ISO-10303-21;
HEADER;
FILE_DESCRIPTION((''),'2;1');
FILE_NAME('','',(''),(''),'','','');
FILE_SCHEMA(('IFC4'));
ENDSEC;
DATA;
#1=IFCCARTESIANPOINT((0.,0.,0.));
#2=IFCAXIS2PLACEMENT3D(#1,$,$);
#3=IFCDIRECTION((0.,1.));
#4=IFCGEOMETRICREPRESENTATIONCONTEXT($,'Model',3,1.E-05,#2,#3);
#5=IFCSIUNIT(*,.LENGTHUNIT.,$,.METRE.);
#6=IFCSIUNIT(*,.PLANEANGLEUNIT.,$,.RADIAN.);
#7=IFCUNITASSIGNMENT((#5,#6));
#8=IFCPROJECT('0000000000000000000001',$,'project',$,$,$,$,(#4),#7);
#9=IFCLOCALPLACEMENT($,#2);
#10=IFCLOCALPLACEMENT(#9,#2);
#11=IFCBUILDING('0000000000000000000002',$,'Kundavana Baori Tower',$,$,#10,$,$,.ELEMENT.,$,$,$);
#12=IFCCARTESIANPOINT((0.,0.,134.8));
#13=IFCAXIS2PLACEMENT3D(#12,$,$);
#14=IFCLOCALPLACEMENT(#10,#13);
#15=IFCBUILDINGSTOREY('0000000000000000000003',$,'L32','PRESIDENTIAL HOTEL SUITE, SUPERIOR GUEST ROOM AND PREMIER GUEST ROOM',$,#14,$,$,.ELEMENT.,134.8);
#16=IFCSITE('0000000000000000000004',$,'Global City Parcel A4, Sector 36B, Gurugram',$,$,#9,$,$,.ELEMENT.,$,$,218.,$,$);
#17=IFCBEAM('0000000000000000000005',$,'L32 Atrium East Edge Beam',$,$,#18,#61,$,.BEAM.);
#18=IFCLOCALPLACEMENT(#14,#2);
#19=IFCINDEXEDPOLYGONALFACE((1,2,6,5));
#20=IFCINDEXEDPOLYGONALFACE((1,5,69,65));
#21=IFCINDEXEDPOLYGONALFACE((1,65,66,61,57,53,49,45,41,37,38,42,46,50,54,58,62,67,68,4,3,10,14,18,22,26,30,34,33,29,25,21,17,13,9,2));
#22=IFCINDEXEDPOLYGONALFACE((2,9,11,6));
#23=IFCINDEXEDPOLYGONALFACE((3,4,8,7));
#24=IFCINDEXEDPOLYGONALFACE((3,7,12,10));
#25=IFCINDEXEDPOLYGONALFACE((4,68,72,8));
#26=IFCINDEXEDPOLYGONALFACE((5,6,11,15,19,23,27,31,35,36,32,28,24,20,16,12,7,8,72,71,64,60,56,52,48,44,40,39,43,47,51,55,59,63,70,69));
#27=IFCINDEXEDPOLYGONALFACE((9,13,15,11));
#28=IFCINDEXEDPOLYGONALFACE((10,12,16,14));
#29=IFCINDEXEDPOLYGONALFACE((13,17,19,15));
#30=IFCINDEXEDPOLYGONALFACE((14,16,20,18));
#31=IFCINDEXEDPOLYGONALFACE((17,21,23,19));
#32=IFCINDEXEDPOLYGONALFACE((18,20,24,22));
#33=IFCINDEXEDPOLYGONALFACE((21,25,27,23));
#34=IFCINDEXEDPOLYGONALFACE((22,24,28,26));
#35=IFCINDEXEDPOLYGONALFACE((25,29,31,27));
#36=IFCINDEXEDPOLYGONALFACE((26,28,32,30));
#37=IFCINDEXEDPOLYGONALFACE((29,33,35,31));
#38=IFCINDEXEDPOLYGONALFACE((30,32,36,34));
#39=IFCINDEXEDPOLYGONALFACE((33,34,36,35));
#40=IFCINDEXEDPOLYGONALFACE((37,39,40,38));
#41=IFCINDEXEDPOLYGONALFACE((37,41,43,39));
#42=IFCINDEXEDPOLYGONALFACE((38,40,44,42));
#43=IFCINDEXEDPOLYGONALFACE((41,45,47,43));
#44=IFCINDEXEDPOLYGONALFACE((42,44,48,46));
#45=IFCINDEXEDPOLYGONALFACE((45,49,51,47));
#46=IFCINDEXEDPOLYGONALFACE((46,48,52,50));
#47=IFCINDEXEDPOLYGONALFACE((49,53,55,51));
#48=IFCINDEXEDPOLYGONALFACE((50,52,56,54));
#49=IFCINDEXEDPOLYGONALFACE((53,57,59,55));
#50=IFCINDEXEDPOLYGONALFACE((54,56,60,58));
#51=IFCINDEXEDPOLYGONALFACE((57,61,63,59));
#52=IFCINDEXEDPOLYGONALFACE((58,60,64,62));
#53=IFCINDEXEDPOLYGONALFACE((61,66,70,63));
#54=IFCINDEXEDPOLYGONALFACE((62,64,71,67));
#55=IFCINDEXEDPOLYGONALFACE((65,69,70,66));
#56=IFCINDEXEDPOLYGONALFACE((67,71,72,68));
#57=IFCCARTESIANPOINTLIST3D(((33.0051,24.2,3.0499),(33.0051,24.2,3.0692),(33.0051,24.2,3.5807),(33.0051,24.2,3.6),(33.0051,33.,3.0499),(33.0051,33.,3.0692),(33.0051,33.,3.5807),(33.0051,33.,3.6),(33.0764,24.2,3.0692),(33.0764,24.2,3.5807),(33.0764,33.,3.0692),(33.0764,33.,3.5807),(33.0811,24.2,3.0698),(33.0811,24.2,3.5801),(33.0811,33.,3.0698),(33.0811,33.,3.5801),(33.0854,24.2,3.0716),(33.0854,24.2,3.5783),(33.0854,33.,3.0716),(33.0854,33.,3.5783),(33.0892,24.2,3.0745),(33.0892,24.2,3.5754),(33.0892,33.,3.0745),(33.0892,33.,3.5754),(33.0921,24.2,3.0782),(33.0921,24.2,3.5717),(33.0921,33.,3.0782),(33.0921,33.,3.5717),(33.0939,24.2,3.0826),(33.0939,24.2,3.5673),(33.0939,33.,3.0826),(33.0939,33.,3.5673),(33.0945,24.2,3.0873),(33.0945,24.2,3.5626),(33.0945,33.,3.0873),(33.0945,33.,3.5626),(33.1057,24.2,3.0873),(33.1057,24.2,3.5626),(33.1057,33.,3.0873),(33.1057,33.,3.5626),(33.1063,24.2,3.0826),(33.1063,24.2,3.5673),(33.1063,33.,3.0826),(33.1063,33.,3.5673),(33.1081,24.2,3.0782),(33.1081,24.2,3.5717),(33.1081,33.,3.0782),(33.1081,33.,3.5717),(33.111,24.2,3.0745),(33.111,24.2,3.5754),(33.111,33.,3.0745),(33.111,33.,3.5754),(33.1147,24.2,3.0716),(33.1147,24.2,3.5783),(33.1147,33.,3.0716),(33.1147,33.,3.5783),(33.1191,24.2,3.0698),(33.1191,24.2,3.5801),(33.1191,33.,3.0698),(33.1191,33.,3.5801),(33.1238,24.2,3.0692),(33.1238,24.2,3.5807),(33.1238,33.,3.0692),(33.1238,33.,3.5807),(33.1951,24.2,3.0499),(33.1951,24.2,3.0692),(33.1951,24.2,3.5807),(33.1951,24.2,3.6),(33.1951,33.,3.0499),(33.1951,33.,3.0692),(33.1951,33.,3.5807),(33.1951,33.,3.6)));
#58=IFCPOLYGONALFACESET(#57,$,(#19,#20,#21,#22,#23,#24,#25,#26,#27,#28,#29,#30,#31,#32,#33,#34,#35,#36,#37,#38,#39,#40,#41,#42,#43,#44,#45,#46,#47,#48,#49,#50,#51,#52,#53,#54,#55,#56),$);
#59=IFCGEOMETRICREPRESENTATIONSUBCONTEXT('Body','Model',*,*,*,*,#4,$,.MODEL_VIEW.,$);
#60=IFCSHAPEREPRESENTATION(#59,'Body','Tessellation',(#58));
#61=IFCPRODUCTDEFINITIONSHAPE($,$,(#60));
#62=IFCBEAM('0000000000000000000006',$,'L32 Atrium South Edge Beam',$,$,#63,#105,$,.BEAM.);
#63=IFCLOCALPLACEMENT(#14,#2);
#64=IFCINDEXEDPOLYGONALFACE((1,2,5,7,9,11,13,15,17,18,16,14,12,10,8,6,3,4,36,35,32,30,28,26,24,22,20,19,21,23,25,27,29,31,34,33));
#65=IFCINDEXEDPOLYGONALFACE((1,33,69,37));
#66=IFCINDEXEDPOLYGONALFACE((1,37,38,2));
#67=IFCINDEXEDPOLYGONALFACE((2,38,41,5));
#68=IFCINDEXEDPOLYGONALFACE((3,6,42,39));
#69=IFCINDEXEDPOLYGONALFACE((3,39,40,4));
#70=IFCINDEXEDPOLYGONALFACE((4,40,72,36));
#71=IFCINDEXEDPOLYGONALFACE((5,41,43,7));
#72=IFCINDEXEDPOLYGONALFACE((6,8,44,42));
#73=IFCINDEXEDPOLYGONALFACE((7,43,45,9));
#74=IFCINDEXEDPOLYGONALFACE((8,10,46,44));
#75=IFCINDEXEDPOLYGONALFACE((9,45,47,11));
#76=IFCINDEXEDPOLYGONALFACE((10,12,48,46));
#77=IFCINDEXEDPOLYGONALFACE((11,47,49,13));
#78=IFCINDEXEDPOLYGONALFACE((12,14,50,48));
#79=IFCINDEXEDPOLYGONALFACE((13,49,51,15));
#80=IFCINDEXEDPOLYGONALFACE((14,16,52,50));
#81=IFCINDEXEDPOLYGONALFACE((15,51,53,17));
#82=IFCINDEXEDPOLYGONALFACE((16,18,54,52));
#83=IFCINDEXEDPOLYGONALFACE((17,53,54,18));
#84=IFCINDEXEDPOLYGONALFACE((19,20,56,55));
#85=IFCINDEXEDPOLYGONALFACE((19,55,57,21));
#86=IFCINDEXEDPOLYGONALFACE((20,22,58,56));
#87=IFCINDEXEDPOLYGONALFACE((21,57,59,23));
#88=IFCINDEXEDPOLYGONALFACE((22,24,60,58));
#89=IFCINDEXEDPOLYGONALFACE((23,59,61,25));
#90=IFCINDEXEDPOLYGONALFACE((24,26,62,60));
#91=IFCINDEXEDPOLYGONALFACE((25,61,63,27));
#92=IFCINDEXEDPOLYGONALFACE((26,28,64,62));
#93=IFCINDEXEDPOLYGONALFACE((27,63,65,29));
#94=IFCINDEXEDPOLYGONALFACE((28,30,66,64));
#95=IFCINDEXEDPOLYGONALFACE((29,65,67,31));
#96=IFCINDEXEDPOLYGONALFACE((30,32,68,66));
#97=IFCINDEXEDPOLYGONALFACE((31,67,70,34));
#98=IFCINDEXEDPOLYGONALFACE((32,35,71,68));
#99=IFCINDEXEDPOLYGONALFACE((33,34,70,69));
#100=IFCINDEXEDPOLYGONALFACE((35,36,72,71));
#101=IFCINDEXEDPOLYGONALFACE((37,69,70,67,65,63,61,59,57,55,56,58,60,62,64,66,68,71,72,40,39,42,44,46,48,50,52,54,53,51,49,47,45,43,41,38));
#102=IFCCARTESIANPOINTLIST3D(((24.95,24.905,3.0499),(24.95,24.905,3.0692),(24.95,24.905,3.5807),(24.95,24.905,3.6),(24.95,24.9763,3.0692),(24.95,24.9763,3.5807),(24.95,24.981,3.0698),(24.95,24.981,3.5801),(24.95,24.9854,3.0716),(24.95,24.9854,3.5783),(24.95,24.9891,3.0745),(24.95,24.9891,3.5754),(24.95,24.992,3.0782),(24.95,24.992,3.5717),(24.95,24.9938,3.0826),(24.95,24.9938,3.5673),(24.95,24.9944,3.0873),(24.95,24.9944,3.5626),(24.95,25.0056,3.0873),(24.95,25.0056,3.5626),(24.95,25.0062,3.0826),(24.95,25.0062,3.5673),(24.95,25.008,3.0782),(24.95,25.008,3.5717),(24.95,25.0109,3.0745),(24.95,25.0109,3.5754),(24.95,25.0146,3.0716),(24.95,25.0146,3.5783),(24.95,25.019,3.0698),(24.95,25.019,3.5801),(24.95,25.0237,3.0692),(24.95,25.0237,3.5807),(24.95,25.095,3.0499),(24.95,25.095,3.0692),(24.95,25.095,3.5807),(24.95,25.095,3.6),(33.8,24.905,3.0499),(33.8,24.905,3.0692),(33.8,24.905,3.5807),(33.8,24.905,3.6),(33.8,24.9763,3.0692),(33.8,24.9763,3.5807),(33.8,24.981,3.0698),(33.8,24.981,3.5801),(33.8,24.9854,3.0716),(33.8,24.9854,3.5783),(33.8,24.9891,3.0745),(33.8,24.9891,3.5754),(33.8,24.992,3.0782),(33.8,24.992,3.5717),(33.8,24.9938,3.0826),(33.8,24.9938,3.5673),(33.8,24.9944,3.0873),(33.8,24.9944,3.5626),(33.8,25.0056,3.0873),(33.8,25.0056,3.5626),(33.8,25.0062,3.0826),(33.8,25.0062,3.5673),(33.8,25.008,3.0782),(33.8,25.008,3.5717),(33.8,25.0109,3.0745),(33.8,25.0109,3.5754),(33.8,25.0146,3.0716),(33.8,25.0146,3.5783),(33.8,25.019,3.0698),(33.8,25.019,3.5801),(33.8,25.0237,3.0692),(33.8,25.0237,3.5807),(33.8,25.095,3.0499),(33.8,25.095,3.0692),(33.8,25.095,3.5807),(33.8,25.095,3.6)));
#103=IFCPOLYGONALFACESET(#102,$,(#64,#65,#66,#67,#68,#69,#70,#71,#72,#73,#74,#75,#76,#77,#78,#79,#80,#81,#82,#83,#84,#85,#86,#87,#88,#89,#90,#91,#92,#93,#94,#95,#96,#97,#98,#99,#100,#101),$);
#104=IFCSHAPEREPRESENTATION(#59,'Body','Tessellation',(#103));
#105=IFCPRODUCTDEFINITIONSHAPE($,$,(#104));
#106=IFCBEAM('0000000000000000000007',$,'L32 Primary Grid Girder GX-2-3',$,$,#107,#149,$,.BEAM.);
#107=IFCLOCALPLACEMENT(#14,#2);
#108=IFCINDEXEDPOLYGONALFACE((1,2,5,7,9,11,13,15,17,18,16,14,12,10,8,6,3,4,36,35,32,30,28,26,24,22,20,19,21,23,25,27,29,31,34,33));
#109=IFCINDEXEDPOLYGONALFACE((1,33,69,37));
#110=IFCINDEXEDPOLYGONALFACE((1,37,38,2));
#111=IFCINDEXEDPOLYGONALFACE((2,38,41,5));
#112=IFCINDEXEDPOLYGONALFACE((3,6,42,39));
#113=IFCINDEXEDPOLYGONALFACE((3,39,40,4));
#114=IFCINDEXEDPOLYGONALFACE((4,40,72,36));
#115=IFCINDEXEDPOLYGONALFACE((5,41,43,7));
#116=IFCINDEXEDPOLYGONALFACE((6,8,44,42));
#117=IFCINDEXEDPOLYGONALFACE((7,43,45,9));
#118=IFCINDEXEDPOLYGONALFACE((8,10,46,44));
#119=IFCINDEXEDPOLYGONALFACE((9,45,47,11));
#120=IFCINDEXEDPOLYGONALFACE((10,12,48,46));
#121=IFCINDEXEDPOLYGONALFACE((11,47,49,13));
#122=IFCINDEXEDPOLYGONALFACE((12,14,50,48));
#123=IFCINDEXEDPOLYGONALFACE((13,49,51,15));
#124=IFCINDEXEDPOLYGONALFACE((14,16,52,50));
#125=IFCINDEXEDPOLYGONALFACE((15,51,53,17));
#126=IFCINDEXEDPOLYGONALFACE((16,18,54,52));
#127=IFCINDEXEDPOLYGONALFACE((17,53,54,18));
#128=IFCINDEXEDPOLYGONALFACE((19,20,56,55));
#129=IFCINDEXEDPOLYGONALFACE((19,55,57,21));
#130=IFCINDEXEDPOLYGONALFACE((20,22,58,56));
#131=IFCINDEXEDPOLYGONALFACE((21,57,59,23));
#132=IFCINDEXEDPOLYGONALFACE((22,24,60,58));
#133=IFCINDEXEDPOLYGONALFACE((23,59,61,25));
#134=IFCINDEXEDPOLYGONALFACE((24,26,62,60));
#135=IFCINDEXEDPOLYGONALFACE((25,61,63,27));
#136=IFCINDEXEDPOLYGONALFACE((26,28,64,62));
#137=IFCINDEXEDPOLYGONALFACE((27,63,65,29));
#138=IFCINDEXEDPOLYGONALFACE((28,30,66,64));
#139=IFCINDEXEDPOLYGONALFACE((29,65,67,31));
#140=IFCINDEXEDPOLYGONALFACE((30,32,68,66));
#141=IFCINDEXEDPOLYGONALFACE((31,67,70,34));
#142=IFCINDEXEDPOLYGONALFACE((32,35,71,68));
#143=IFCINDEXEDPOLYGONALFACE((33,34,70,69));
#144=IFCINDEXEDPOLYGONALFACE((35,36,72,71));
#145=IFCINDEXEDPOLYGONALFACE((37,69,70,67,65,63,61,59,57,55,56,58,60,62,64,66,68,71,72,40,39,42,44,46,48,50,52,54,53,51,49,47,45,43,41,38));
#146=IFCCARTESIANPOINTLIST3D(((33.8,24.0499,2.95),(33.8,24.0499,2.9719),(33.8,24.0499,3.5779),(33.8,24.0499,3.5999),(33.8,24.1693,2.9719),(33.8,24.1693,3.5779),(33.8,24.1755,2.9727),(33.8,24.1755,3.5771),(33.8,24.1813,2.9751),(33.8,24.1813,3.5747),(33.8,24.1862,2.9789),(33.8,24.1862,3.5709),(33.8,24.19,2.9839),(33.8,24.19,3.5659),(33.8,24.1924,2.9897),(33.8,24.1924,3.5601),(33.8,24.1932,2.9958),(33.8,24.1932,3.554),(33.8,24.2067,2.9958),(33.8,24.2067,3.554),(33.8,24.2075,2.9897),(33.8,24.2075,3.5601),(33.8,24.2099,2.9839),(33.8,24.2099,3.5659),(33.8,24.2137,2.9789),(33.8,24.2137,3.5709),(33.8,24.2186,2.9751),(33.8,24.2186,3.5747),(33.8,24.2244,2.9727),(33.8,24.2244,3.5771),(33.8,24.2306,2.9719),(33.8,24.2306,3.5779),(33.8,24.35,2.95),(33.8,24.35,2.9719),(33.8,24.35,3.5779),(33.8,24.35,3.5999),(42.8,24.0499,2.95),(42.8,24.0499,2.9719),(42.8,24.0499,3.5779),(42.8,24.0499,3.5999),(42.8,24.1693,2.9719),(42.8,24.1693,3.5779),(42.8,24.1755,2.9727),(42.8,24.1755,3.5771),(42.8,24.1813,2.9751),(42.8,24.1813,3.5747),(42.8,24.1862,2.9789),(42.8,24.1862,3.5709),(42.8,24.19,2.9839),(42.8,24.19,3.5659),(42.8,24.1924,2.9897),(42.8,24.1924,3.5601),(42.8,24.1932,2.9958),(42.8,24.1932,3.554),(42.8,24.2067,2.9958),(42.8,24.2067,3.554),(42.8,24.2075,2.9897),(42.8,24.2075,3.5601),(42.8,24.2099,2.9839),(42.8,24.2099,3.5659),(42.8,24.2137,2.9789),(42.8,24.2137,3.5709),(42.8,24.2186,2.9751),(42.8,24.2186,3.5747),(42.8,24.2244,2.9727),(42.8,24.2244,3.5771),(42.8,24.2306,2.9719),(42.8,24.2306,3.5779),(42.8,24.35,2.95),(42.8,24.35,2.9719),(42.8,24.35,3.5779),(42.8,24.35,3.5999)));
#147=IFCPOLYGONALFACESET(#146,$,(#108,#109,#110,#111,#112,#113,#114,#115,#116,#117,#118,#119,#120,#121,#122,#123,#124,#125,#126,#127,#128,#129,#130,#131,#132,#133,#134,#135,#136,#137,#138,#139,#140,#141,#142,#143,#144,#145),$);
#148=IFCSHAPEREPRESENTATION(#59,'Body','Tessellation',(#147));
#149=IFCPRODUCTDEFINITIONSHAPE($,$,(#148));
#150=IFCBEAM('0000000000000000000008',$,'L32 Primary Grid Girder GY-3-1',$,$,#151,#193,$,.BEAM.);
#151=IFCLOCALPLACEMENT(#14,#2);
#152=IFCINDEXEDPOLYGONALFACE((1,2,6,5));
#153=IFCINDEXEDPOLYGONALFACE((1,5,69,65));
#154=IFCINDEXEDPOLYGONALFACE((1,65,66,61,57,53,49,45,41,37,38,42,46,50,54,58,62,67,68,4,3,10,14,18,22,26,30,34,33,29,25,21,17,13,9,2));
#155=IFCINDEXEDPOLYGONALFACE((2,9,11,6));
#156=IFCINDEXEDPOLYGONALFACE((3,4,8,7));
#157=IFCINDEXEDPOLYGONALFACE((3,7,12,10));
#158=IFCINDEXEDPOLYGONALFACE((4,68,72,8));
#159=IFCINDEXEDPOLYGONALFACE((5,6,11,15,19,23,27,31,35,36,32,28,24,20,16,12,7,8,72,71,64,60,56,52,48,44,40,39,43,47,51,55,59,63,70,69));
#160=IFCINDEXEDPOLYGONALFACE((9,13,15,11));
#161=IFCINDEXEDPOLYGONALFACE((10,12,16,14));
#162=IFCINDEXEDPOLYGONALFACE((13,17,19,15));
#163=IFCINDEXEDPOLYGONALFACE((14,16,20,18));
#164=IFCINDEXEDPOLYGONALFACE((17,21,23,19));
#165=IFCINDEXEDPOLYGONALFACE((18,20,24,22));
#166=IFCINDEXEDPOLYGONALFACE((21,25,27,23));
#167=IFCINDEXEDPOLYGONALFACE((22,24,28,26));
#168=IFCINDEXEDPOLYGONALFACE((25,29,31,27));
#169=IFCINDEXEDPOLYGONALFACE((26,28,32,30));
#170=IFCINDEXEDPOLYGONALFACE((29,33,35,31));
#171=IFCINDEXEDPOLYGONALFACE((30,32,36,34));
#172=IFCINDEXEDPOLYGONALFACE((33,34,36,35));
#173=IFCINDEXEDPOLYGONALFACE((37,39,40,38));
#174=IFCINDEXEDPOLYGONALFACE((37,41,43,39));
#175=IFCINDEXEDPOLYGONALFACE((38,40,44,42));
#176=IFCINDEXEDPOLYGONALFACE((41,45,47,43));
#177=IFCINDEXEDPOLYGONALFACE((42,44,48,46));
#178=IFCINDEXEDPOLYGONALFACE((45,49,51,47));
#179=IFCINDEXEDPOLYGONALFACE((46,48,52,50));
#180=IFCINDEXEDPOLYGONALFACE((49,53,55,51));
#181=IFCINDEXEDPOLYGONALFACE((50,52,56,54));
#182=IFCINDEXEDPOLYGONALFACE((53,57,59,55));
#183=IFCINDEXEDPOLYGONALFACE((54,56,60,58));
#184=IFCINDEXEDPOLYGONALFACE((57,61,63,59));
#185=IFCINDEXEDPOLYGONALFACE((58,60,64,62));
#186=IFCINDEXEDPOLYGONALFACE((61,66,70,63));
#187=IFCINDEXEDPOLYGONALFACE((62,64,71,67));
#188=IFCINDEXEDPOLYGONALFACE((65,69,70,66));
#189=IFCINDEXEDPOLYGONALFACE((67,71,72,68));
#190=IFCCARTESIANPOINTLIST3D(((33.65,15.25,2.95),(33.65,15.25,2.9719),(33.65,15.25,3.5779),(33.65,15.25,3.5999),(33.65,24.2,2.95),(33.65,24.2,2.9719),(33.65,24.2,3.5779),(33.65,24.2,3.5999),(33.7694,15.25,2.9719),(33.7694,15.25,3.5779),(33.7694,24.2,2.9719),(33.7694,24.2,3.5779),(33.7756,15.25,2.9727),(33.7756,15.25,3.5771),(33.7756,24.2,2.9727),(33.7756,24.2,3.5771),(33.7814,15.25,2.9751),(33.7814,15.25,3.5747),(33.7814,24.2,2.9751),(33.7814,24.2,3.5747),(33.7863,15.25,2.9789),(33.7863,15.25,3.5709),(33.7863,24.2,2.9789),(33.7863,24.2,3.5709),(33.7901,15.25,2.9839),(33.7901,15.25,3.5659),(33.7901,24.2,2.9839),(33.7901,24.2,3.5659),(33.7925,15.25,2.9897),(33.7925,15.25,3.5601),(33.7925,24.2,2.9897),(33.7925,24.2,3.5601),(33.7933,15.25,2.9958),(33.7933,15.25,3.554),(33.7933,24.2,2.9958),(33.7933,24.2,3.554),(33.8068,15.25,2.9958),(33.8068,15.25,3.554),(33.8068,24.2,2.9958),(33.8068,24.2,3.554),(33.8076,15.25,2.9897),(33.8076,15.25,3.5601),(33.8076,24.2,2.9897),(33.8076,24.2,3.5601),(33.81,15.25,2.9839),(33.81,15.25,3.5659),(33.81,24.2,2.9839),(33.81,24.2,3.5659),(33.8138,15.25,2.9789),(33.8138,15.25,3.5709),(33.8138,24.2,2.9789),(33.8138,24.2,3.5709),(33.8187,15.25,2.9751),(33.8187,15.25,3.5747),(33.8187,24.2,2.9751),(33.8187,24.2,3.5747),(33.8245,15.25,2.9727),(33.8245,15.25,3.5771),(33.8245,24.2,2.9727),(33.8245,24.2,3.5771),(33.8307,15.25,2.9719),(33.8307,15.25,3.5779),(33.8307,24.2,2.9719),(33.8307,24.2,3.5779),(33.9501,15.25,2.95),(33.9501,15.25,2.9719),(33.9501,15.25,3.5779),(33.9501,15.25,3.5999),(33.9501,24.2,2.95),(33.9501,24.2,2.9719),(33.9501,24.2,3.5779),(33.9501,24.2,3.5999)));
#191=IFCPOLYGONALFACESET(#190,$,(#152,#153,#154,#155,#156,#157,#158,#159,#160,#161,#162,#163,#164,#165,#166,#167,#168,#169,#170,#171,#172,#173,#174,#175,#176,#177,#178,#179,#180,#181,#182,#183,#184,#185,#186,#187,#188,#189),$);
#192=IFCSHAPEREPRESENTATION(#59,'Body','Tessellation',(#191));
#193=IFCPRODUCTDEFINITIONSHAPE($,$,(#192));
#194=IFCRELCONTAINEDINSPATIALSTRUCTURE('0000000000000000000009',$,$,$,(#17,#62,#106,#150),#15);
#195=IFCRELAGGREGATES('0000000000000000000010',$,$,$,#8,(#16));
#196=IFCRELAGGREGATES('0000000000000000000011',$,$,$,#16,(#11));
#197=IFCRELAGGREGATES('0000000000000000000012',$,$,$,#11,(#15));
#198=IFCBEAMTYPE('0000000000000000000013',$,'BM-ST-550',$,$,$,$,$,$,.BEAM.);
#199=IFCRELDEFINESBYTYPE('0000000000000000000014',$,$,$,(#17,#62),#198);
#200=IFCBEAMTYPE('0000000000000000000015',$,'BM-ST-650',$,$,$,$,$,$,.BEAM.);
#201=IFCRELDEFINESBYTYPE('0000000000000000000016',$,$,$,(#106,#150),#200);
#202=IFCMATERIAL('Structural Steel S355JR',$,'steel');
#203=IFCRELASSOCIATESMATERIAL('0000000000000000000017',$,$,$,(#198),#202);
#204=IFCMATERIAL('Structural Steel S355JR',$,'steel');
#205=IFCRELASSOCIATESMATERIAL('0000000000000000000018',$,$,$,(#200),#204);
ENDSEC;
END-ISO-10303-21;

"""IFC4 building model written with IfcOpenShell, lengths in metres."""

from ifc_helpers import new_model, si_unit, direction, frame, origin, origin_2d, place, context, subcontext, project, spatial, i_section, extrude, material, material_profile, profile_set, type_object, element, save


model = new_model("IFC4")

# Units and contexts
model_context = context("Model", 3, precision=1e-05, world=origin(), true_north=direction((0.0, 1.0)))
body_context = subcontext(model_context, "Body", "Model", "MODEL_VIEW")
ifc_project = project(units=[si_unit("LENGTHUNIT", "METRE"), si_unit("PLANEANGLEUNIT", "RADIAN")], contexts=[model_context])

# Site, building, storey
site_placement = place(None, origin())
site = spatial("IfcSite", under=ifc_project, at=site_placement, Name="Global City Parcel A4, Sector 36B, Gurugram", CompositionType="ELEMENT", RefElevation=218.0)
building_placement = place(site_placement, origin())
building = spatial("IfcBuilding", under=site, at=building_placement, Name="Kundavana Baori Tower", CompositionType="ELEMENT")
storey_placement = place(building_placement, frame((0.0, 0.0, 134.8)))
storey = spatial("IfcBuildingStorey", under=building, at=storey_placement, Name="L32", Description="PRESIDENTIAL HOTEL SUITE, SUPERIOR GUEST ROOM AND PREMIER GUEST ROOM", CompositionType="ELEMENT", Elevation=134.8)

# Beams
ifc_material_1 = material(Name="Structural Steel S355JR", Category="steel")
ifc_material_profile_1 = material_profile(ifc_material_1, i_section(OverallWidth=0.1899, OverallDepth=0.55, WebThickness=0.0112, FlangeThickness=0.0193, FilletRadius=0.0181, at=origin_2d()), Name="ISMB 550")
ifc_profile_set_1 = profile_set([ifc_material_profile_1], Name="Structural Steel S355JR")
beam_type_1 = type_object("IfcBeamType", Name="BM-ST-550", PredefinedType="BEAM", material=ifc_profile_set_1)
for number, where, z_axis, x_axis, name in (
    (1, (33.1001, 24.2, 3.325), (0.0, 1.0, 0.0), (-1.0, 0.0, 0.0), "L32 Atrium East Edge Beam"),
):
    element("IfcBeam", number, at=place(storey_placement, frame(where, z_axis=z_axis, x_axis=x_axis)), inside=storey, type_object=beam_type_1, Name=name, PredefinedType="BEAM", context=body_context, shape_type="SweptSolid", body=[
        extrude(i_section(OverallWidth=0.1899, OverallDepth=0.55, WebThickness=0.0112, FlangeThickness=0.0193, FilletRadius=0.0181, at=origin_2d()), origin(), (0.0, 0.0, 1.0), 8.8),
    ])
beam_1_placement = place(storey_placement, frame((24.95, 25.0, 3.325), z_axis=(1.0, 0.0, 0.0), x_axis=(0.0, 1.0, 0.0)))
element("IfcBeam", 2, at=beam_1_placement, inside=storey, type_object=beam_type_1, Name="L32 Atrium South Edge Beam", PredefinedType="BEAM", context=body_context, shape_type="SweptSolid", body=[
    extrude(i_section(OverallWidth=0.1899, OverallDepth=0.55, WebThickness=0.0112, FlangeThickness=0.0193, FilletRadius=0.0181, at=origin_2d()), origin(), (0.0, 0.0, 1.0), 8.8501),
])
ifc_material_2 = material(Name="Structural Steel S355JR", Category="steel")
ifc_material_profile_2 = material_profile(ifc_material_2, i_section(OverallWidth=0.3, OverallDepth=0.6499, WebThickness=0.0134, FlangeThickness=0.022, FilletRadius=0.0239, at=origin_2d()), Name="NPB 650x300x155")
ifc_profile_set_2 = profile_set([ifc_material_profile_2], Name="Structural Steel S355JR")
beam_type_2 = type_object("IfcBeamType", Name="BM-ST-650", PredefinedType="BEAM", material=ifc_profile_set_2)
beam_2_placement = place(storey_placement, frame((33.8, 24.2, 3.2749), z_axis=(1.0, 0.0, 0.0), x_axis=(0.0, 1.0, 0.0)))
element("IfcBeam", 3, at=beam_2_placement, inside=storey, type_object=beam_type_2, Name="L32 Primary Grid Girder GX-2-3", PredefinedType="BEAM", context=body_context, shape_type="SweptSolid", body=[
    extrude(i_section(OverallWidth=0.3, OverallDepth=0.6499, WebThickness=0.0134, FlangeThickness=0.022, FilletRadius=0.0239, at=origin_2d()), origin(), (0.0, 0.0, 1.0), 9.0),
])
beam_3_placement = place(storey_placement, frame((33.8, 15.25, 3.2749), z_axis=(0.0, 1.0, 0.0), x_axis=(-1.0, 0.0, 0.0)))
element("IfcBeam", 4, at=beam_3_placement, inside=storey, type_object=beam_type_2, Name="L32 Primary Grid Girder GY-3-1", PredefinedType="BEAM", context=body_context, shape_type="SweptSolid", body=[
    extrude(i_section(OverallWidth=0.3, OverallDepth=0.6499, WebThickness=0.0134, FlangeThickness=0.022, FilletRadius=0.0239, at=origin_2d()), origin(), (0.0, 0.0, 1.0), 8.95),
])

save(model, "model.ifc")
